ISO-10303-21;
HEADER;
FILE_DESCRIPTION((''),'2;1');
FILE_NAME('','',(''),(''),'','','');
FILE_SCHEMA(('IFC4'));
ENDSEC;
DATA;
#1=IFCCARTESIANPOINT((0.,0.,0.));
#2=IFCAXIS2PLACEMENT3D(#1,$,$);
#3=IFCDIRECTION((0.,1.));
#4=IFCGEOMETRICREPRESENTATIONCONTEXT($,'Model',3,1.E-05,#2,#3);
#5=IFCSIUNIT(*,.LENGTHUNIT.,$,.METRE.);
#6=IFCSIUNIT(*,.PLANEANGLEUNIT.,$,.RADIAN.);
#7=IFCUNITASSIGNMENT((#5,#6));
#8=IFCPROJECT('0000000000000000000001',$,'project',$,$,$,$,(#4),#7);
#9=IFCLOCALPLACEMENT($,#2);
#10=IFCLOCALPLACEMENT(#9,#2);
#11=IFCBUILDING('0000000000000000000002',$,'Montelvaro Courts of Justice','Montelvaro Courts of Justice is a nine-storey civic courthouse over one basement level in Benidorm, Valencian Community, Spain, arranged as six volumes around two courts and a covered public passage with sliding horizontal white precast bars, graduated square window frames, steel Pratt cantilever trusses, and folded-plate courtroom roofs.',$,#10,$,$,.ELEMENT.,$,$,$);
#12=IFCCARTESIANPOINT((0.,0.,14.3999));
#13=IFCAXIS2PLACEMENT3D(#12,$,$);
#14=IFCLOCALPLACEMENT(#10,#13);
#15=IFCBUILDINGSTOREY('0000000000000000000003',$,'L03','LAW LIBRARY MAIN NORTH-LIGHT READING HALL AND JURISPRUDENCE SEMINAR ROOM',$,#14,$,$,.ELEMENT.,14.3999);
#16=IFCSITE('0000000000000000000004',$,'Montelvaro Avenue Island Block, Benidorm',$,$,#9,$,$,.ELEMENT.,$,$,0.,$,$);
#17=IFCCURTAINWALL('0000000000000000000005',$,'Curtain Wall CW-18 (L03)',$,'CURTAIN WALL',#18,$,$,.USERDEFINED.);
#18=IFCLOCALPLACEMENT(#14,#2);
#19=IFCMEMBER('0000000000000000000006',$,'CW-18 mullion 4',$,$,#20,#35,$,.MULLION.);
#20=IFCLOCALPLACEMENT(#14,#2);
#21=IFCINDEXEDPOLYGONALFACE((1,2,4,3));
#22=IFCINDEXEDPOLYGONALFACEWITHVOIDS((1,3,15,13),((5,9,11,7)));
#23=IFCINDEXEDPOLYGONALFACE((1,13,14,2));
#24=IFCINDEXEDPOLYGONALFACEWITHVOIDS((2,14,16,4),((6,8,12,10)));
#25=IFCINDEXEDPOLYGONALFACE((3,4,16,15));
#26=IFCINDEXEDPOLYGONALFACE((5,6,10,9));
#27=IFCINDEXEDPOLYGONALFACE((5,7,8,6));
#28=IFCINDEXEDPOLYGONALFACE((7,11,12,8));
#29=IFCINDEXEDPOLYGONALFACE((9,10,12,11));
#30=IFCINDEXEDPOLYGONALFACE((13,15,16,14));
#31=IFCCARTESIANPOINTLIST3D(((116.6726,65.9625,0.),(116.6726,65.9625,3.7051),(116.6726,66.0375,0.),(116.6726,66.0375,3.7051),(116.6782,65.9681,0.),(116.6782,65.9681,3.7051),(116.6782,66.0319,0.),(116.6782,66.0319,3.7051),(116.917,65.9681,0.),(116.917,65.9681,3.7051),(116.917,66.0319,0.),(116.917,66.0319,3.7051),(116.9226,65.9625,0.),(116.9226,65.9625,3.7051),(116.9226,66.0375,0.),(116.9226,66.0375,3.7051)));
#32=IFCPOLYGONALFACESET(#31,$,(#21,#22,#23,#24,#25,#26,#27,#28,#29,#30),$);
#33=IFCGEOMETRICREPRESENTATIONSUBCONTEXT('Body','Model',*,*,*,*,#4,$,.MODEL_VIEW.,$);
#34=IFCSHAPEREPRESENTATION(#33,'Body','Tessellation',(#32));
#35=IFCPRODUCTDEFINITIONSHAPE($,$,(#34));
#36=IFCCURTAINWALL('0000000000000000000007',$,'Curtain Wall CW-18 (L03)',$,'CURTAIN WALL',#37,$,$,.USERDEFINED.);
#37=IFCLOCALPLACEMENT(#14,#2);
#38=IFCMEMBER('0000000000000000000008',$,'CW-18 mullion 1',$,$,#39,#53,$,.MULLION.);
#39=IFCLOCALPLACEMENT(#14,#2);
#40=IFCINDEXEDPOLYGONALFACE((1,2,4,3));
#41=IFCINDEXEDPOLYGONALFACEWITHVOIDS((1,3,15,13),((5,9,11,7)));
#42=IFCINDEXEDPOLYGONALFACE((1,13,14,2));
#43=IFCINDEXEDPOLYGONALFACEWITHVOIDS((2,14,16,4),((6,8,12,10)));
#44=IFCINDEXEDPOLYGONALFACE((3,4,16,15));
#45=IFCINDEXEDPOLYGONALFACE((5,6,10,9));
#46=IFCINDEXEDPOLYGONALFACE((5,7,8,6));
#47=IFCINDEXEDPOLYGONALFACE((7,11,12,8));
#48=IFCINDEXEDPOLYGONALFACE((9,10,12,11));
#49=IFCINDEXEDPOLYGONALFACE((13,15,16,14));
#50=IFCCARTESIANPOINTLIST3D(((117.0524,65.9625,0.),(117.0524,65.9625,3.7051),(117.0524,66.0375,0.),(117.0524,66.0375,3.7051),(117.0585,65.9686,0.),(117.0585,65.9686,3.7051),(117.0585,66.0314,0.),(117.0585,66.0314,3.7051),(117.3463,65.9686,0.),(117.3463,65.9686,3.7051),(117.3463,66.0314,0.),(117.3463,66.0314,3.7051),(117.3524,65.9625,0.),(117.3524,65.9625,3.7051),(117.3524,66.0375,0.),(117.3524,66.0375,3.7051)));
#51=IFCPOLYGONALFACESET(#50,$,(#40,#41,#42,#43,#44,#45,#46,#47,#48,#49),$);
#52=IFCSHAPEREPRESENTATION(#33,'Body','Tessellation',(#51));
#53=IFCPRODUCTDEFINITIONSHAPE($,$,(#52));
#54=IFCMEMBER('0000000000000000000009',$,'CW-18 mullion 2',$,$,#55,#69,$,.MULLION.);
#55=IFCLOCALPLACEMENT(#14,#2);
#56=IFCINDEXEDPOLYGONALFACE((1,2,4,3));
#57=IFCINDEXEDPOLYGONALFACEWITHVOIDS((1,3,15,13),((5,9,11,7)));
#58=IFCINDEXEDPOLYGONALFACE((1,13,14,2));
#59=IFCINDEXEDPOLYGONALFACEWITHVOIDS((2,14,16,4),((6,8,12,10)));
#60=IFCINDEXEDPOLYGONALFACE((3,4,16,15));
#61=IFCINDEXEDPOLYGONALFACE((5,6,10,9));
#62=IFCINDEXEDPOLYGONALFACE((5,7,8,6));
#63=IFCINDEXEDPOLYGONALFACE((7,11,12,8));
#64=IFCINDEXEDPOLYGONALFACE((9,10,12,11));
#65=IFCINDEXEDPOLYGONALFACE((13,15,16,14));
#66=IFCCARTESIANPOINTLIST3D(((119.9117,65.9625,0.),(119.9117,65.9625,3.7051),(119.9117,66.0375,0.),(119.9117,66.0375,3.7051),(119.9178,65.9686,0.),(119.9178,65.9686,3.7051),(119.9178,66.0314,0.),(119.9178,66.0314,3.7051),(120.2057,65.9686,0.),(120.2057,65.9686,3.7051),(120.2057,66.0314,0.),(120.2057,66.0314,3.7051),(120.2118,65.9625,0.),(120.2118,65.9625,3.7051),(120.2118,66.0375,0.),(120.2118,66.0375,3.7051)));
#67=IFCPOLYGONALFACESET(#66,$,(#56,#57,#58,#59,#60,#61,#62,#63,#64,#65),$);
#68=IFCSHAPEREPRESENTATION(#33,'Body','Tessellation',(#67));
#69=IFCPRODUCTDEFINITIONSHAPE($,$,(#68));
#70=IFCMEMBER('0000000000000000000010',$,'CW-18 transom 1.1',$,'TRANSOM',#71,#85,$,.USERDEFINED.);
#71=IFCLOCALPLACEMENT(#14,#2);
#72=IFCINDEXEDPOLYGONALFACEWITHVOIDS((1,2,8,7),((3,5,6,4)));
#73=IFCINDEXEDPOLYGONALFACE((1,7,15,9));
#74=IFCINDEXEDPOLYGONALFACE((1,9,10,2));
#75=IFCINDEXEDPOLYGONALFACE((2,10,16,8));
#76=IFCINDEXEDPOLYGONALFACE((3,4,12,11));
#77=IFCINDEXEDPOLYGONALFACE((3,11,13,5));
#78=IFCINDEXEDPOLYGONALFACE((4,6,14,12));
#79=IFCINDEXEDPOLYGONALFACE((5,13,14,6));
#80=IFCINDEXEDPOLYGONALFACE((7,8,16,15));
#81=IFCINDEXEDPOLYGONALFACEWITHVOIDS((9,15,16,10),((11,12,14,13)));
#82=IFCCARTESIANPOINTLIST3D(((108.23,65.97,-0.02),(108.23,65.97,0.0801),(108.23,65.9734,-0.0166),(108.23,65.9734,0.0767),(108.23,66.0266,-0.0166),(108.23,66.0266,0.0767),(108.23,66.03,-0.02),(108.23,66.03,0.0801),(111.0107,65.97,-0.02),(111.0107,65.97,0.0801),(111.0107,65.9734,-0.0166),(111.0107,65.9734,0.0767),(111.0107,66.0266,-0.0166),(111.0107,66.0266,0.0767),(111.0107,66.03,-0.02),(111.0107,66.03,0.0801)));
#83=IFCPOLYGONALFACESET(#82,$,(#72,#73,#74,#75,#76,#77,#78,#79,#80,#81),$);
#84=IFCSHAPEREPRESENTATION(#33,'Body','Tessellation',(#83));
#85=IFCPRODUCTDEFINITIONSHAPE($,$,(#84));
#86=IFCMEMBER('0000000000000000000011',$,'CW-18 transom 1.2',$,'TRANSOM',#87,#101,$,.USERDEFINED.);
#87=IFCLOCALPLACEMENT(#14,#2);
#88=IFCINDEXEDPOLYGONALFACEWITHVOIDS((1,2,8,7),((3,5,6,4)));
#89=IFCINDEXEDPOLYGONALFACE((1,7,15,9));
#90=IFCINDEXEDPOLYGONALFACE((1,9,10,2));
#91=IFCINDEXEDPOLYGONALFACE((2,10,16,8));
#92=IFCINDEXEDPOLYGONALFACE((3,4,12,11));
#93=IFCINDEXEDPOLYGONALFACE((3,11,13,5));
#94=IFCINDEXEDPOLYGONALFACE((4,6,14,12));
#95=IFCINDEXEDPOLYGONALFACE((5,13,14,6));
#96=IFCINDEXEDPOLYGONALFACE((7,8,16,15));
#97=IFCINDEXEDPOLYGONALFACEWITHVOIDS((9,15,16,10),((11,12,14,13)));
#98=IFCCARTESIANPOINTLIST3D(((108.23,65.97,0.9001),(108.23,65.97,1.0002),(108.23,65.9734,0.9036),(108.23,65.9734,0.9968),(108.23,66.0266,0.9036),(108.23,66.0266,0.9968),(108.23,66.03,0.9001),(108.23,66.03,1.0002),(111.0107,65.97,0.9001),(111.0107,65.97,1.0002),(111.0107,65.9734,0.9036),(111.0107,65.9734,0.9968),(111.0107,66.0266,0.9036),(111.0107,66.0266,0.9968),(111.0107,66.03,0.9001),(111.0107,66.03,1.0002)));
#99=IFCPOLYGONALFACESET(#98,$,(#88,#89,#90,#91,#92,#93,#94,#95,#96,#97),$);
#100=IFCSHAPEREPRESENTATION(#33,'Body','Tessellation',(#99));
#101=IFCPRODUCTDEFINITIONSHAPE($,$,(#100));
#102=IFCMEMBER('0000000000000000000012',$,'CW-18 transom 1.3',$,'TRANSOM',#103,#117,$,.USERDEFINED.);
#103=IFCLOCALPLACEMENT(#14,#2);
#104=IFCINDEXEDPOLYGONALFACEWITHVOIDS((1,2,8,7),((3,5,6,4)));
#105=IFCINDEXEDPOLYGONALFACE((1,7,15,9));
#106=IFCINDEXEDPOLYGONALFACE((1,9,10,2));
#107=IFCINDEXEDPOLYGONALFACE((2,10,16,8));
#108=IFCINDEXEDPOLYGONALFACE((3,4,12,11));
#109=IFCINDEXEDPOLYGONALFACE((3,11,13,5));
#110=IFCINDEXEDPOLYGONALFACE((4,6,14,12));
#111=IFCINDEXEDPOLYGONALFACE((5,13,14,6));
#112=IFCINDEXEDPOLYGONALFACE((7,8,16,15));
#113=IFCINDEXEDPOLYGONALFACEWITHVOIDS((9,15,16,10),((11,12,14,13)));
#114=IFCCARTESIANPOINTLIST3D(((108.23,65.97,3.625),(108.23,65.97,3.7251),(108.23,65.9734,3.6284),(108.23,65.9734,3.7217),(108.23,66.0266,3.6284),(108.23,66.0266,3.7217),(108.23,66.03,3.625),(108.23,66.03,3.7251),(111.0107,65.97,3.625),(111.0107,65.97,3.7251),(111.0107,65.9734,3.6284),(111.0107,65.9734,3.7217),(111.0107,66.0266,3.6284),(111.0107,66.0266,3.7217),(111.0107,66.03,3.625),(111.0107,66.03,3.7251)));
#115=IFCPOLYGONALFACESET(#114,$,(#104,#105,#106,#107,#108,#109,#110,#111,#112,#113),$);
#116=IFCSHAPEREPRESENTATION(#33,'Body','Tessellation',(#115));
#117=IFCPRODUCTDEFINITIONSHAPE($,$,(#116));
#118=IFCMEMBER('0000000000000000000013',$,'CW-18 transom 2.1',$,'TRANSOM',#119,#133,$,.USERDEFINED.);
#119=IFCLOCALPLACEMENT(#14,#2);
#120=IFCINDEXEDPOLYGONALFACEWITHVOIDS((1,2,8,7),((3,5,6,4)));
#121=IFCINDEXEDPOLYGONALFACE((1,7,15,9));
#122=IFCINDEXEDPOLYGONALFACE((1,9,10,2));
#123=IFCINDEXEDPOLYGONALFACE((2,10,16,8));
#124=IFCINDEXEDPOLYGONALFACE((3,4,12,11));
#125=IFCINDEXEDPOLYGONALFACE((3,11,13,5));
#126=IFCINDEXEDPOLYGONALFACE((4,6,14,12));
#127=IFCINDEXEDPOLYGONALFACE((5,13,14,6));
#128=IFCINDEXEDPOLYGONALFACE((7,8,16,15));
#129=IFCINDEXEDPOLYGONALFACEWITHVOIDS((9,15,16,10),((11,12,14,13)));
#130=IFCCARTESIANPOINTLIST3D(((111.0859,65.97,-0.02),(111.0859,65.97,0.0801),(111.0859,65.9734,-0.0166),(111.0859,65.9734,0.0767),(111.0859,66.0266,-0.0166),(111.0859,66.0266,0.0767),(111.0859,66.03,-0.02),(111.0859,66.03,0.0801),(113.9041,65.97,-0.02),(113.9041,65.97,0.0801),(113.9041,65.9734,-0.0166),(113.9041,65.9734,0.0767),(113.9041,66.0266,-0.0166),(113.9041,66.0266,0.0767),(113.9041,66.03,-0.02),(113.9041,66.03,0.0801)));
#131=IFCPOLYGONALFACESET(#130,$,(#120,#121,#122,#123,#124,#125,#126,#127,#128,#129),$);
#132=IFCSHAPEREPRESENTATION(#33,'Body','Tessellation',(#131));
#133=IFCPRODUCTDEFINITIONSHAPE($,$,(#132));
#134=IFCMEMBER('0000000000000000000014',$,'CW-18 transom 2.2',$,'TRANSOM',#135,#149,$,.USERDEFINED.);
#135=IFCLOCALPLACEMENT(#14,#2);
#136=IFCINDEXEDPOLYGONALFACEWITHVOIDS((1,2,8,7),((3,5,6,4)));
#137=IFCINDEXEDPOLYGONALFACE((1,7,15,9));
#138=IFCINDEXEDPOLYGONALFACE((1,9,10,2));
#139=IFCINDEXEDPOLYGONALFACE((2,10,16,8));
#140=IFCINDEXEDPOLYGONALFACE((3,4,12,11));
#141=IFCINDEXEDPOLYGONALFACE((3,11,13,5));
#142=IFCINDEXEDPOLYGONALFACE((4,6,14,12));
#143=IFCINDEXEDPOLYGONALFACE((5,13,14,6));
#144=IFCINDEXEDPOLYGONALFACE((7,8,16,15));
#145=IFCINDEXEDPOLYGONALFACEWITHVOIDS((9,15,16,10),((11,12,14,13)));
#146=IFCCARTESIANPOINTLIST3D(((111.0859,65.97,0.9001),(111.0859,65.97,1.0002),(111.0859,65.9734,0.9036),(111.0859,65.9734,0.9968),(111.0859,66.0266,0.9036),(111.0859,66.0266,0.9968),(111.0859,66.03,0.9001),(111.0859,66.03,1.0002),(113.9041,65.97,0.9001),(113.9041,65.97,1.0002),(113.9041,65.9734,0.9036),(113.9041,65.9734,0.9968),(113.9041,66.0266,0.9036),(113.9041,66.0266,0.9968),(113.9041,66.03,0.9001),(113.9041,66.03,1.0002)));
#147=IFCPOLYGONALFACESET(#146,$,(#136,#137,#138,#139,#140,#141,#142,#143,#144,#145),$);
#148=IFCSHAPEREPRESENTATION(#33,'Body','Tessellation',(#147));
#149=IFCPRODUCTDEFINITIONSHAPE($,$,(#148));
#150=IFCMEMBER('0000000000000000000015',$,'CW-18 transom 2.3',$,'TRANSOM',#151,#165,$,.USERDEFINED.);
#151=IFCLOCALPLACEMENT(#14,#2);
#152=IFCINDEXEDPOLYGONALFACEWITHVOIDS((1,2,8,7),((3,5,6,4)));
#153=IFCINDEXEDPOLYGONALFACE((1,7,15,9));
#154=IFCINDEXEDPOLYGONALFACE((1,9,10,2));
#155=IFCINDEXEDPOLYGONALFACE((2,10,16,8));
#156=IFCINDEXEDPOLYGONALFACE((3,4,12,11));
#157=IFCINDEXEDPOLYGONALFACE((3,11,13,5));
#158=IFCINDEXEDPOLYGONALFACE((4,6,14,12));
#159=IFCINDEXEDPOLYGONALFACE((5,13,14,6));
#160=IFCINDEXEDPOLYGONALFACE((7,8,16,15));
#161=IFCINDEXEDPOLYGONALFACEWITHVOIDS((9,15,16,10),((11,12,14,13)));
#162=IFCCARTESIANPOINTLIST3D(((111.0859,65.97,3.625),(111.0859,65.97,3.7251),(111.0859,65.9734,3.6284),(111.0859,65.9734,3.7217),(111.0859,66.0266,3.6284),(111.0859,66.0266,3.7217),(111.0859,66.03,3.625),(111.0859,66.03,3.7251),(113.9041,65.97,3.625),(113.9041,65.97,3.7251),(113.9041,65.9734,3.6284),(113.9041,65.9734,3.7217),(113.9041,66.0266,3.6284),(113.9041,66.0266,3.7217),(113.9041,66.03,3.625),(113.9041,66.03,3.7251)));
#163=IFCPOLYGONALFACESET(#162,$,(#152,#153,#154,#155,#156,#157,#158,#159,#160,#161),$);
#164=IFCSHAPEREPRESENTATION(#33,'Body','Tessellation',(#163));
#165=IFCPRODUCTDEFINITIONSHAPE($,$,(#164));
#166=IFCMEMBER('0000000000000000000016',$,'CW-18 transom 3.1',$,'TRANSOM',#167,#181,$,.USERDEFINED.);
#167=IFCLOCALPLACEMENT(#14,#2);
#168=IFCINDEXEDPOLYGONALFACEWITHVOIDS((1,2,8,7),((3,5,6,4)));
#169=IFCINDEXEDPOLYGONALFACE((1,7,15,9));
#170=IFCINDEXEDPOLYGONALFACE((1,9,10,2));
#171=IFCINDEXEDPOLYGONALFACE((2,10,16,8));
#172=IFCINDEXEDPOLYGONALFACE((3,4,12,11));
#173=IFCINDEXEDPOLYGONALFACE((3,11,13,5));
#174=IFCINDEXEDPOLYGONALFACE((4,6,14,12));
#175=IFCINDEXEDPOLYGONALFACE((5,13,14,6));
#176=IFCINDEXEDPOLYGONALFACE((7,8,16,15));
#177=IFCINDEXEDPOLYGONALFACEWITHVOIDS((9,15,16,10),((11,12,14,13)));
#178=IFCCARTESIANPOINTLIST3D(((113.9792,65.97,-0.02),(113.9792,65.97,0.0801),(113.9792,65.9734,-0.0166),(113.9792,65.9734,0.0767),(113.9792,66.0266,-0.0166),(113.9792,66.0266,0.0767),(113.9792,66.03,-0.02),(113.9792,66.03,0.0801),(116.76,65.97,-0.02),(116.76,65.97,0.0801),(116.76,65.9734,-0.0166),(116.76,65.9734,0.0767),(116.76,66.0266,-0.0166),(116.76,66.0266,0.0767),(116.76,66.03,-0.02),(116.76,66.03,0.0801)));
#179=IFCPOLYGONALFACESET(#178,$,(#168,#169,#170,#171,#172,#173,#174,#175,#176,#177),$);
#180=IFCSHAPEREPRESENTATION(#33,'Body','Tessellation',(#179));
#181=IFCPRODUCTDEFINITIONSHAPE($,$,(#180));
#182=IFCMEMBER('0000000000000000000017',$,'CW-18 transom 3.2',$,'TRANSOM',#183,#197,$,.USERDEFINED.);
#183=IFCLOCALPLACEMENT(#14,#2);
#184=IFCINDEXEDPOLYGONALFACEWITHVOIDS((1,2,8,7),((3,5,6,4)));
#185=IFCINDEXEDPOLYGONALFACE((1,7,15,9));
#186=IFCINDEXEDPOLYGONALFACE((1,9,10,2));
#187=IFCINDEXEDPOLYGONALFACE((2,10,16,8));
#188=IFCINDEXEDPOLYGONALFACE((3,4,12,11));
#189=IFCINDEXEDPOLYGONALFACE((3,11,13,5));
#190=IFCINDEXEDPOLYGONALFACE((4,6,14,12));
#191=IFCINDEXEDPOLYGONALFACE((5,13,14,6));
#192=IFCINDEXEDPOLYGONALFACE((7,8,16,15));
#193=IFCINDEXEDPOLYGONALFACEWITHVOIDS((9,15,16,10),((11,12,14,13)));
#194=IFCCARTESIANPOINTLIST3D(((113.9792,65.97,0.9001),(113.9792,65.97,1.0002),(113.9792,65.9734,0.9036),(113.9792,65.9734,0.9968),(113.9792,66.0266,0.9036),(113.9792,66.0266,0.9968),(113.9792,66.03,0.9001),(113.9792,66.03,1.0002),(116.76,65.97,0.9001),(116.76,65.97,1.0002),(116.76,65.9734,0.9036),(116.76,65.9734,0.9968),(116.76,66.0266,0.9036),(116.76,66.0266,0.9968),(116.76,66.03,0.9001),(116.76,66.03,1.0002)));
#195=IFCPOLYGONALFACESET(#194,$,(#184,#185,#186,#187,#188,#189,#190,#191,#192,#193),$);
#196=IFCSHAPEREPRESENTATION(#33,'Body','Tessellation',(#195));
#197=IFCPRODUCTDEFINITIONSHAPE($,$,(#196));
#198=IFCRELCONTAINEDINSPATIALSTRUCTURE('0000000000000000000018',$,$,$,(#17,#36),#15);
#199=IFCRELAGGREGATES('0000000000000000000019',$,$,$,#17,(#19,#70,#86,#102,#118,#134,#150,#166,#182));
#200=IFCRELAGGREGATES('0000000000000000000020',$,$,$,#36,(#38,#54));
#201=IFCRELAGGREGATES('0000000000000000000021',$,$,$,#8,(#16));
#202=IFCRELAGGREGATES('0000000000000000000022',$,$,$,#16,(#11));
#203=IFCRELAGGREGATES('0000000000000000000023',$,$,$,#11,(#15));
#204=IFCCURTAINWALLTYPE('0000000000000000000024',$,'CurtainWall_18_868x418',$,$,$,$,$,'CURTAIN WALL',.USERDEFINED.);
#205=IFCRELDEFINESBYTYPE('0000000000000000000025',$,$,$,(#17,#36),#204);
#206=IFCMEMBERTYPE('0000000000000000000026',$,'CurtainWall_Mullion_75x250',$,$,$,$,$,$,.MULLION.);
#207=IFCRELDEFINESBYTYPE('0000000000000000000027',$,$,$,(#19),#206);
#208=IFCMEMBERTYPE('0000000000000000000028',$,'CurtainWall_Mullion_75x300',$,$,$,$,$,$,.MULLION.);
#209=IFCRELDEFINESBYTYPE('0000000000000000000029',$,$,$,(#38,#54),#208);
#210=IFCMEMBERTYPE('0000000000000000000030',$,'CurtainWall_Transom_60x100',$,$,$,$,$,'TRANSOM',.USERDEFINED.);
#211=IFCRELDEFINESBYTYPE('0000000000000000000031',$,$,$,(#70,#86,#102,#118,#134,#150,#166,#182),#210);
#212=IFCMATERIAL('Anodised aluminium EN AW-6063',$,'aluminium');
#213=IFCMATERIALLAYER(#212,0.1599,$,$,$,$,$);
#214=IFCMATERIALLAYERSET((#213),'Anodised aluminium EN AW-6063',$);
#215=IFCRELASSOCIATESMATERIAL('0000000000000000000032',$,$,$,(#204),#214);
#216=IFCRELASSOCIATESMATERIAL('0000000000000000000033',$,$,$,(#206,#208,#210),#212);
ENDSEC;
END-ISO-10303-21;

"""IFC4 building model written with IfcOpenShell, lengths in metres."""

from ifc_helpers import new_model, si_unit, direction, frame, origin, origin_2d, place, context, subcontext, project, spatial, hollow_rectangle, extrude, material, layer, layer_set, material_profile, profile_set, type_object, element, aggregate, save


model = new_model("IFC4")

# Units and contexts
model_context = context("Model", 3, precision=1e-05, world=origin(), true_north=direction((0.0, 1.0)))
body_context = subcontext(model_context, "Body", "Model", "MODEL_VIEW")
ifc_project = project(units=[si_unit("LENGTHUNIT", "METRE"), si_unit("PLANEANGLEUNIT", "RADIAN")], contexts=[model_context])

# Site, building, storey
site_placement = place(None, origin())
site = spatial("IfcSite", under=ifc_project, at=site_placement, Name="Montelvaro Avenue Island Block, Benidorm", CompositionType="ELEMENT", RefElevation=0.0)
building_placement = place(site_placement, origin())
building = spatial("IfcBuilding", under=site, at=building_placement, Name="Montelvaro Courts of Justice", Description="Montelvaro Courts of Justice is a nine-storey civic courthouse over one basement level in Benidorm, Valencian Community, Spain, arranged as six volumes around two courts and a covered public passage with sliding horizontal white precast bars, graduated square window frames, steel Pratt cantilever trusses, and folded-plate courtroom roofs.", CompositionType="ELEMENT")
storey_placement = place(building_placement, frame((0.0, 0.0, 14.3999)))
storey = spatial("IfcBuildingStorey", under=building, at=storey_placement, Name="L03", Description="LAW LIBRARY MAIN NORTH-LIGHT READING HALL AND JURISPRUDENCE SEMINAR ROOM", CompositionType="ELEMENT", Elevation=14.3999)

# Curtain walls, members
ifc_material_1 = material(Name="Anodised aluminium EN AW-6063", Category="aluminium")
ifc_layer_1 = layer(ifc_material_1, 0.1599)
ifc_layer_set_1 = layer_set([ifc_layer_1], Name="Anodised aluminium EN AW-6063")
curtain_wall_type = type_object("IfcCurtainWallType", Name="CurtainWall_18_868x418", ElementType="CURTAIN WALL", PredefinedType="USERDEFINED", material=ifc_layer_set_1)
curtain_wall_1_placement = place(storey_placement, origin())
curtain_wall_1 = element("IfcCurtainWall", 1, at=curtain_wall_1_placement, inside=storey, type_object=curtain_wall_type, Name="Curtain Wall CW-18 (L03)", ObjectType="CURTAIN WALL", PredefinedType="USERDEFINED")
ifc_material_profile_1 = material_profile(ifc_material_1, hollow_rectangle(XDim=0.075, YDim=0.25, WallThickness=0.0056, at=origin_2d()), Name="ALU-M 75x250")
ifc_profile_set_1 = profile_set([ifc_material_profile_1], Name="Anodised aluminium EN AW-6063")
member_type_1 = type_object("IfcMemberType", Name="CurtainWall_Mullion_75x250", PredefinedType="MULLION", material=ifc_profile_set_1)
member_1_placement = place(storey_placement, frame((116.7976, 66.0, 0.0), z_axis=(0.0, 0.0, 1.0), x_axis=(0.0, 1.0, 0.0)))
member_1 = element("IfcMember", 2, at=member_1_placement, type_object=member_type_1, Name="CW-18 mullion 4", PredefinedType="MULLION", context=body_context, shape_type="SweptSolid", body=[
    extrude(hollow_rectangle(XDim=0.075, YDim=0.25, WallThickness=0.0056, at=origin_2d()), origin(), (0.0, 0.0, 1.0), 3.7051),
])
curtain_wall_2_placement = place(storey_placement, origin())
curtain_wall_2 = element("IfcCurtainWall", 3, at=curtain_wall_2_placement, inside=storey, type_object=curtain_wall_type, Name="Curtain Wall CW-18 (L03)", ObjectType="CURTAIN WALL", PredefinedType="USERDEFINED")
ifc_material_profile_2 = material_profile(ifc_material_1, hollow_rectangle(XDim=0.075, YDim=0.3, WallThickness=0.0061, at=origin_2d()), Name="ALU-M 75x300")
ifc_profile_set_2 = profile_set([ifc_material_profile_2], Name="Anodised aluminium EN AW-6063")
member_type_2 = type_object("IfcMemberType", Name="CurtainWall_Mullion_75x300", PredefinedType="MULLION", material=ifc_profile_set_2)
member_2_placement = place(storey_placement, frame((117.2024, 66.0, 0.0), z_axis=(0.0, 0.0, 1.0), x_axis=(0.0, 1.0, 0.0)))
member_2 = element("IfcMember", 4, at=member_2_placement, type_object=member_type_2, Name="CW-18 mullion 1", PredefinedType="MULLION", context=body_context, shape_type="SweptSolid", body=[
    extrude(hollow_rectangle(XDim=0.075, YDim=0.3, WallThickness=0.0061, at=origin_2d()), origin(), (0.0, 0.0, 1.0), 3.7051),
])
member_3_placement = place(storey_placement, frame((120.0618, 66.0, 0.0), z_axis=(0.0, 0.0, 1.0), x_axis=(0.0, 1.0, 0.0)))
member_3 = element("IfcMember", 5, at=member_3_placement, type_object=member_type_2, Name="CW-18 mullion 2", PredefinedType="MULLION", context=body_context, shape_type="SweptSolid", body=[
    extrude(hollow_rectangle(XDim=0.075, YDim=0.3, WallThickness=0.0061, at=origin_2d()), origin(), (0.0, 0.0, 1.0), 3.7051),
])

# Members
ifc_material_profile_3 = material_profile(ifc_material_1, hollow_rectangle(XDim=0.0601, YDim=0.1001, WallThickness=0.0034, at=origin_2d()), Name="ALU-T 60x100")
ifc_profile_set_3 = profile_set([ifc_material_profile_3], Name="Anodised aluminium EN AW-6063")
member_type_3 = type_object("IfcMemberType", Name="CurtainWall_Transom_60x100", ElementType="TRANSOM", PredefinedType="USERDEFINED", material=ifc_profile_set_3)
member_4_placement = place(storey_placement, frame((108.23, 66.0, 0.03), z_axis=(1.0, 0.0, 0.0), x_axis=(0.0, 1.0, 0.0)))
member_4 = element("IfcMember", 6, at=member_4_placement, type_object=member_type_3, Name="CW-18 transom 1.1", ObjectType="TRANSOM", PredefinedType="USERDEFINED", context=body_context, shape_type="SweptSolid", body=[
    extrude(hollow_rectangle(XDim=0.0601, YDim=0.1001, WallThickness=0.0034, at=origin_2d()), origin(), (0.0, 0.0, 1.0), 2.7808),
])
member_5_placement = place(storey_placement, frame((108.23, 66.0, 0.9502), z_axis=(1.0, 0.0, 0.0), x_axis=(0.0, 1.0, 0.0)))
member_5 = element("IfcMember", 7, at=member_5_placement, type_object=member_type_3, Name="CW-18 transom 1.2", ObjectType="TRANSOM", PredefinedType="USERDEFINED", context=body_context, shape_type="SweptSolid", body=[
    extrude(hollow_rectangle(XDim=0.0601, YDim=0.1001, WallThickness=0.0034, at=origin_2d()), origin(), (0.0, 0.0, 1.0), 2.7808),
])
member_6_placement = place(storey_placement, frame((108.23, 66.0, 3.675), z_axis=(1.0, 0.0, 0.0), x_axis=(0.0, 1.0, 0.0)))
member_6 = element("IfcMember", 8, at=member_6_placement, type_object=member_type_3, Name="CW-18 transom 1.3", ObjectType="TRANSOM", PredefinedType="USERDEFINED", context=body_context, shape_type="SweptSolid", body=[
    extrude(hollow_rectangle(XDim=0.0601, YDim=0.1001, WallThickness=0.0034, at=origin_2d()), origin(), (0.0, 0.0, 1.0), 2.7808),
])
member_7_placement = place(storey_placement, frame((111.0859, 66.0, 0.03), z_axis=(1.0, 0.0, 0.0), x_axis=(0.0, 1.0, 0.0)))
member_7 = element("IfcMember", 9, at=member_7_placement, type_object=member_type_3, Name="CW-18 transom 2.1", ObjectType="TRANSOM", PredefinedType="USERDEFINED", context=body_context, shape_type="SweptSolid", body=[
    extrude(hollow_rectangle(XDim=0.0601, YDim=0.1001, WallThickness=0.0034, at=origin_2d()), origin(), (0.0, 0.0, 1.0), 2.8181),
])
member_8_placement = place(storey_placement, frame((111.0859, 66.0, 0.9502), z_axis=(1.0, 0.0, 0.0), x_axis=(0.0, 1.0, 0.0)))
member_8 = element("IfcMember", 10, at=member_8_placement, type_object=member_type_3, Name="CW-18 transom 2.2", ObjectType="TRANSOM", PredefinedType="USERDEFINED", context=body_context, shape_type="SweptSolid", body=[
    extrude(hollow_rectangle(XDim=0.0601, YDim=0.1001, WallThickness=0.0034, at=origin_2d()), origin(), (0.0, 0.0, 1.0), 2.8181),
])
member_9_placement = place(storey_placement, frame((111.0859, 66.0, 3.675), z_axis=(1.0, 0.0, 0.0), x_axis=(0.0, 1.0, 0.0)))
member_9 = element("IfcMember", 11, at=member_9_placement, type_object=member_type_3, Name="CW-18 transom 2.3", ObjectType="TRANSOM", PredefinedType="USERDEFINED", context=body_context, shape_type="SweptSolid", body=[
    extrude(hollow_rectangle(XDim=0.0601, YDim=0.1001, WallThickness=0.0034, at=origin_2d()), origin(), (0.0, 0.0, 1.0), 2.8181),
])
member_10_placement = place(storey_placement, frame((113.9792, 66.0, 0.03), z_axis=(1.0, 0.0, 0.0), x_axis=(0.0, 1.0, 0.0)))
member_10 = element("IfcMember", 12, at=member_10_placement, type_object=member_type_3, Name="CW-18 transom 3.1", ObjectType="TRANSOM", PredefinedType="USERDEFINED", context=body_context, shape_type="SweptSolid", body=[
    extrude(hollow_rectangle(XDim=0.0601, YDim=0.1001, WallThickness=0.0034, at=origin_2d()), origin(), (0.0, 0.0, 1.0), 2.7808),
])
member_11_placement = place(storey_placement, frame((113.9792, 66.0, 0.9502), z_axis=(1.0, 0.0, 0.0), x_axis=(0.0, 1.0, 0.0)))
member_11 = element("IfcMember", 13, at=member_11_placement, type_object=member_type_3, Name="CW-18 transom 3.2", ObjectType="TRANSOM", PredefinedType="USERDEFINED", context=body_context, shape_type="SweptSolid", body=[
    extrude(hollow_rectangle(XDim=0.0601, YDim=0.1001, WallThickness=0.0034, at=origin_2d()), origin(), (0.0, 0.0, 1.0), 2.7808),
])

aggregate(curtain_wall_1, [member_1, member_4, member_5, member_6, member_7, member_8, member_9, member_10, member_11])
aggregate(curtain_wall_2, [member_2, member_3])

save(model, "model.ifc")
